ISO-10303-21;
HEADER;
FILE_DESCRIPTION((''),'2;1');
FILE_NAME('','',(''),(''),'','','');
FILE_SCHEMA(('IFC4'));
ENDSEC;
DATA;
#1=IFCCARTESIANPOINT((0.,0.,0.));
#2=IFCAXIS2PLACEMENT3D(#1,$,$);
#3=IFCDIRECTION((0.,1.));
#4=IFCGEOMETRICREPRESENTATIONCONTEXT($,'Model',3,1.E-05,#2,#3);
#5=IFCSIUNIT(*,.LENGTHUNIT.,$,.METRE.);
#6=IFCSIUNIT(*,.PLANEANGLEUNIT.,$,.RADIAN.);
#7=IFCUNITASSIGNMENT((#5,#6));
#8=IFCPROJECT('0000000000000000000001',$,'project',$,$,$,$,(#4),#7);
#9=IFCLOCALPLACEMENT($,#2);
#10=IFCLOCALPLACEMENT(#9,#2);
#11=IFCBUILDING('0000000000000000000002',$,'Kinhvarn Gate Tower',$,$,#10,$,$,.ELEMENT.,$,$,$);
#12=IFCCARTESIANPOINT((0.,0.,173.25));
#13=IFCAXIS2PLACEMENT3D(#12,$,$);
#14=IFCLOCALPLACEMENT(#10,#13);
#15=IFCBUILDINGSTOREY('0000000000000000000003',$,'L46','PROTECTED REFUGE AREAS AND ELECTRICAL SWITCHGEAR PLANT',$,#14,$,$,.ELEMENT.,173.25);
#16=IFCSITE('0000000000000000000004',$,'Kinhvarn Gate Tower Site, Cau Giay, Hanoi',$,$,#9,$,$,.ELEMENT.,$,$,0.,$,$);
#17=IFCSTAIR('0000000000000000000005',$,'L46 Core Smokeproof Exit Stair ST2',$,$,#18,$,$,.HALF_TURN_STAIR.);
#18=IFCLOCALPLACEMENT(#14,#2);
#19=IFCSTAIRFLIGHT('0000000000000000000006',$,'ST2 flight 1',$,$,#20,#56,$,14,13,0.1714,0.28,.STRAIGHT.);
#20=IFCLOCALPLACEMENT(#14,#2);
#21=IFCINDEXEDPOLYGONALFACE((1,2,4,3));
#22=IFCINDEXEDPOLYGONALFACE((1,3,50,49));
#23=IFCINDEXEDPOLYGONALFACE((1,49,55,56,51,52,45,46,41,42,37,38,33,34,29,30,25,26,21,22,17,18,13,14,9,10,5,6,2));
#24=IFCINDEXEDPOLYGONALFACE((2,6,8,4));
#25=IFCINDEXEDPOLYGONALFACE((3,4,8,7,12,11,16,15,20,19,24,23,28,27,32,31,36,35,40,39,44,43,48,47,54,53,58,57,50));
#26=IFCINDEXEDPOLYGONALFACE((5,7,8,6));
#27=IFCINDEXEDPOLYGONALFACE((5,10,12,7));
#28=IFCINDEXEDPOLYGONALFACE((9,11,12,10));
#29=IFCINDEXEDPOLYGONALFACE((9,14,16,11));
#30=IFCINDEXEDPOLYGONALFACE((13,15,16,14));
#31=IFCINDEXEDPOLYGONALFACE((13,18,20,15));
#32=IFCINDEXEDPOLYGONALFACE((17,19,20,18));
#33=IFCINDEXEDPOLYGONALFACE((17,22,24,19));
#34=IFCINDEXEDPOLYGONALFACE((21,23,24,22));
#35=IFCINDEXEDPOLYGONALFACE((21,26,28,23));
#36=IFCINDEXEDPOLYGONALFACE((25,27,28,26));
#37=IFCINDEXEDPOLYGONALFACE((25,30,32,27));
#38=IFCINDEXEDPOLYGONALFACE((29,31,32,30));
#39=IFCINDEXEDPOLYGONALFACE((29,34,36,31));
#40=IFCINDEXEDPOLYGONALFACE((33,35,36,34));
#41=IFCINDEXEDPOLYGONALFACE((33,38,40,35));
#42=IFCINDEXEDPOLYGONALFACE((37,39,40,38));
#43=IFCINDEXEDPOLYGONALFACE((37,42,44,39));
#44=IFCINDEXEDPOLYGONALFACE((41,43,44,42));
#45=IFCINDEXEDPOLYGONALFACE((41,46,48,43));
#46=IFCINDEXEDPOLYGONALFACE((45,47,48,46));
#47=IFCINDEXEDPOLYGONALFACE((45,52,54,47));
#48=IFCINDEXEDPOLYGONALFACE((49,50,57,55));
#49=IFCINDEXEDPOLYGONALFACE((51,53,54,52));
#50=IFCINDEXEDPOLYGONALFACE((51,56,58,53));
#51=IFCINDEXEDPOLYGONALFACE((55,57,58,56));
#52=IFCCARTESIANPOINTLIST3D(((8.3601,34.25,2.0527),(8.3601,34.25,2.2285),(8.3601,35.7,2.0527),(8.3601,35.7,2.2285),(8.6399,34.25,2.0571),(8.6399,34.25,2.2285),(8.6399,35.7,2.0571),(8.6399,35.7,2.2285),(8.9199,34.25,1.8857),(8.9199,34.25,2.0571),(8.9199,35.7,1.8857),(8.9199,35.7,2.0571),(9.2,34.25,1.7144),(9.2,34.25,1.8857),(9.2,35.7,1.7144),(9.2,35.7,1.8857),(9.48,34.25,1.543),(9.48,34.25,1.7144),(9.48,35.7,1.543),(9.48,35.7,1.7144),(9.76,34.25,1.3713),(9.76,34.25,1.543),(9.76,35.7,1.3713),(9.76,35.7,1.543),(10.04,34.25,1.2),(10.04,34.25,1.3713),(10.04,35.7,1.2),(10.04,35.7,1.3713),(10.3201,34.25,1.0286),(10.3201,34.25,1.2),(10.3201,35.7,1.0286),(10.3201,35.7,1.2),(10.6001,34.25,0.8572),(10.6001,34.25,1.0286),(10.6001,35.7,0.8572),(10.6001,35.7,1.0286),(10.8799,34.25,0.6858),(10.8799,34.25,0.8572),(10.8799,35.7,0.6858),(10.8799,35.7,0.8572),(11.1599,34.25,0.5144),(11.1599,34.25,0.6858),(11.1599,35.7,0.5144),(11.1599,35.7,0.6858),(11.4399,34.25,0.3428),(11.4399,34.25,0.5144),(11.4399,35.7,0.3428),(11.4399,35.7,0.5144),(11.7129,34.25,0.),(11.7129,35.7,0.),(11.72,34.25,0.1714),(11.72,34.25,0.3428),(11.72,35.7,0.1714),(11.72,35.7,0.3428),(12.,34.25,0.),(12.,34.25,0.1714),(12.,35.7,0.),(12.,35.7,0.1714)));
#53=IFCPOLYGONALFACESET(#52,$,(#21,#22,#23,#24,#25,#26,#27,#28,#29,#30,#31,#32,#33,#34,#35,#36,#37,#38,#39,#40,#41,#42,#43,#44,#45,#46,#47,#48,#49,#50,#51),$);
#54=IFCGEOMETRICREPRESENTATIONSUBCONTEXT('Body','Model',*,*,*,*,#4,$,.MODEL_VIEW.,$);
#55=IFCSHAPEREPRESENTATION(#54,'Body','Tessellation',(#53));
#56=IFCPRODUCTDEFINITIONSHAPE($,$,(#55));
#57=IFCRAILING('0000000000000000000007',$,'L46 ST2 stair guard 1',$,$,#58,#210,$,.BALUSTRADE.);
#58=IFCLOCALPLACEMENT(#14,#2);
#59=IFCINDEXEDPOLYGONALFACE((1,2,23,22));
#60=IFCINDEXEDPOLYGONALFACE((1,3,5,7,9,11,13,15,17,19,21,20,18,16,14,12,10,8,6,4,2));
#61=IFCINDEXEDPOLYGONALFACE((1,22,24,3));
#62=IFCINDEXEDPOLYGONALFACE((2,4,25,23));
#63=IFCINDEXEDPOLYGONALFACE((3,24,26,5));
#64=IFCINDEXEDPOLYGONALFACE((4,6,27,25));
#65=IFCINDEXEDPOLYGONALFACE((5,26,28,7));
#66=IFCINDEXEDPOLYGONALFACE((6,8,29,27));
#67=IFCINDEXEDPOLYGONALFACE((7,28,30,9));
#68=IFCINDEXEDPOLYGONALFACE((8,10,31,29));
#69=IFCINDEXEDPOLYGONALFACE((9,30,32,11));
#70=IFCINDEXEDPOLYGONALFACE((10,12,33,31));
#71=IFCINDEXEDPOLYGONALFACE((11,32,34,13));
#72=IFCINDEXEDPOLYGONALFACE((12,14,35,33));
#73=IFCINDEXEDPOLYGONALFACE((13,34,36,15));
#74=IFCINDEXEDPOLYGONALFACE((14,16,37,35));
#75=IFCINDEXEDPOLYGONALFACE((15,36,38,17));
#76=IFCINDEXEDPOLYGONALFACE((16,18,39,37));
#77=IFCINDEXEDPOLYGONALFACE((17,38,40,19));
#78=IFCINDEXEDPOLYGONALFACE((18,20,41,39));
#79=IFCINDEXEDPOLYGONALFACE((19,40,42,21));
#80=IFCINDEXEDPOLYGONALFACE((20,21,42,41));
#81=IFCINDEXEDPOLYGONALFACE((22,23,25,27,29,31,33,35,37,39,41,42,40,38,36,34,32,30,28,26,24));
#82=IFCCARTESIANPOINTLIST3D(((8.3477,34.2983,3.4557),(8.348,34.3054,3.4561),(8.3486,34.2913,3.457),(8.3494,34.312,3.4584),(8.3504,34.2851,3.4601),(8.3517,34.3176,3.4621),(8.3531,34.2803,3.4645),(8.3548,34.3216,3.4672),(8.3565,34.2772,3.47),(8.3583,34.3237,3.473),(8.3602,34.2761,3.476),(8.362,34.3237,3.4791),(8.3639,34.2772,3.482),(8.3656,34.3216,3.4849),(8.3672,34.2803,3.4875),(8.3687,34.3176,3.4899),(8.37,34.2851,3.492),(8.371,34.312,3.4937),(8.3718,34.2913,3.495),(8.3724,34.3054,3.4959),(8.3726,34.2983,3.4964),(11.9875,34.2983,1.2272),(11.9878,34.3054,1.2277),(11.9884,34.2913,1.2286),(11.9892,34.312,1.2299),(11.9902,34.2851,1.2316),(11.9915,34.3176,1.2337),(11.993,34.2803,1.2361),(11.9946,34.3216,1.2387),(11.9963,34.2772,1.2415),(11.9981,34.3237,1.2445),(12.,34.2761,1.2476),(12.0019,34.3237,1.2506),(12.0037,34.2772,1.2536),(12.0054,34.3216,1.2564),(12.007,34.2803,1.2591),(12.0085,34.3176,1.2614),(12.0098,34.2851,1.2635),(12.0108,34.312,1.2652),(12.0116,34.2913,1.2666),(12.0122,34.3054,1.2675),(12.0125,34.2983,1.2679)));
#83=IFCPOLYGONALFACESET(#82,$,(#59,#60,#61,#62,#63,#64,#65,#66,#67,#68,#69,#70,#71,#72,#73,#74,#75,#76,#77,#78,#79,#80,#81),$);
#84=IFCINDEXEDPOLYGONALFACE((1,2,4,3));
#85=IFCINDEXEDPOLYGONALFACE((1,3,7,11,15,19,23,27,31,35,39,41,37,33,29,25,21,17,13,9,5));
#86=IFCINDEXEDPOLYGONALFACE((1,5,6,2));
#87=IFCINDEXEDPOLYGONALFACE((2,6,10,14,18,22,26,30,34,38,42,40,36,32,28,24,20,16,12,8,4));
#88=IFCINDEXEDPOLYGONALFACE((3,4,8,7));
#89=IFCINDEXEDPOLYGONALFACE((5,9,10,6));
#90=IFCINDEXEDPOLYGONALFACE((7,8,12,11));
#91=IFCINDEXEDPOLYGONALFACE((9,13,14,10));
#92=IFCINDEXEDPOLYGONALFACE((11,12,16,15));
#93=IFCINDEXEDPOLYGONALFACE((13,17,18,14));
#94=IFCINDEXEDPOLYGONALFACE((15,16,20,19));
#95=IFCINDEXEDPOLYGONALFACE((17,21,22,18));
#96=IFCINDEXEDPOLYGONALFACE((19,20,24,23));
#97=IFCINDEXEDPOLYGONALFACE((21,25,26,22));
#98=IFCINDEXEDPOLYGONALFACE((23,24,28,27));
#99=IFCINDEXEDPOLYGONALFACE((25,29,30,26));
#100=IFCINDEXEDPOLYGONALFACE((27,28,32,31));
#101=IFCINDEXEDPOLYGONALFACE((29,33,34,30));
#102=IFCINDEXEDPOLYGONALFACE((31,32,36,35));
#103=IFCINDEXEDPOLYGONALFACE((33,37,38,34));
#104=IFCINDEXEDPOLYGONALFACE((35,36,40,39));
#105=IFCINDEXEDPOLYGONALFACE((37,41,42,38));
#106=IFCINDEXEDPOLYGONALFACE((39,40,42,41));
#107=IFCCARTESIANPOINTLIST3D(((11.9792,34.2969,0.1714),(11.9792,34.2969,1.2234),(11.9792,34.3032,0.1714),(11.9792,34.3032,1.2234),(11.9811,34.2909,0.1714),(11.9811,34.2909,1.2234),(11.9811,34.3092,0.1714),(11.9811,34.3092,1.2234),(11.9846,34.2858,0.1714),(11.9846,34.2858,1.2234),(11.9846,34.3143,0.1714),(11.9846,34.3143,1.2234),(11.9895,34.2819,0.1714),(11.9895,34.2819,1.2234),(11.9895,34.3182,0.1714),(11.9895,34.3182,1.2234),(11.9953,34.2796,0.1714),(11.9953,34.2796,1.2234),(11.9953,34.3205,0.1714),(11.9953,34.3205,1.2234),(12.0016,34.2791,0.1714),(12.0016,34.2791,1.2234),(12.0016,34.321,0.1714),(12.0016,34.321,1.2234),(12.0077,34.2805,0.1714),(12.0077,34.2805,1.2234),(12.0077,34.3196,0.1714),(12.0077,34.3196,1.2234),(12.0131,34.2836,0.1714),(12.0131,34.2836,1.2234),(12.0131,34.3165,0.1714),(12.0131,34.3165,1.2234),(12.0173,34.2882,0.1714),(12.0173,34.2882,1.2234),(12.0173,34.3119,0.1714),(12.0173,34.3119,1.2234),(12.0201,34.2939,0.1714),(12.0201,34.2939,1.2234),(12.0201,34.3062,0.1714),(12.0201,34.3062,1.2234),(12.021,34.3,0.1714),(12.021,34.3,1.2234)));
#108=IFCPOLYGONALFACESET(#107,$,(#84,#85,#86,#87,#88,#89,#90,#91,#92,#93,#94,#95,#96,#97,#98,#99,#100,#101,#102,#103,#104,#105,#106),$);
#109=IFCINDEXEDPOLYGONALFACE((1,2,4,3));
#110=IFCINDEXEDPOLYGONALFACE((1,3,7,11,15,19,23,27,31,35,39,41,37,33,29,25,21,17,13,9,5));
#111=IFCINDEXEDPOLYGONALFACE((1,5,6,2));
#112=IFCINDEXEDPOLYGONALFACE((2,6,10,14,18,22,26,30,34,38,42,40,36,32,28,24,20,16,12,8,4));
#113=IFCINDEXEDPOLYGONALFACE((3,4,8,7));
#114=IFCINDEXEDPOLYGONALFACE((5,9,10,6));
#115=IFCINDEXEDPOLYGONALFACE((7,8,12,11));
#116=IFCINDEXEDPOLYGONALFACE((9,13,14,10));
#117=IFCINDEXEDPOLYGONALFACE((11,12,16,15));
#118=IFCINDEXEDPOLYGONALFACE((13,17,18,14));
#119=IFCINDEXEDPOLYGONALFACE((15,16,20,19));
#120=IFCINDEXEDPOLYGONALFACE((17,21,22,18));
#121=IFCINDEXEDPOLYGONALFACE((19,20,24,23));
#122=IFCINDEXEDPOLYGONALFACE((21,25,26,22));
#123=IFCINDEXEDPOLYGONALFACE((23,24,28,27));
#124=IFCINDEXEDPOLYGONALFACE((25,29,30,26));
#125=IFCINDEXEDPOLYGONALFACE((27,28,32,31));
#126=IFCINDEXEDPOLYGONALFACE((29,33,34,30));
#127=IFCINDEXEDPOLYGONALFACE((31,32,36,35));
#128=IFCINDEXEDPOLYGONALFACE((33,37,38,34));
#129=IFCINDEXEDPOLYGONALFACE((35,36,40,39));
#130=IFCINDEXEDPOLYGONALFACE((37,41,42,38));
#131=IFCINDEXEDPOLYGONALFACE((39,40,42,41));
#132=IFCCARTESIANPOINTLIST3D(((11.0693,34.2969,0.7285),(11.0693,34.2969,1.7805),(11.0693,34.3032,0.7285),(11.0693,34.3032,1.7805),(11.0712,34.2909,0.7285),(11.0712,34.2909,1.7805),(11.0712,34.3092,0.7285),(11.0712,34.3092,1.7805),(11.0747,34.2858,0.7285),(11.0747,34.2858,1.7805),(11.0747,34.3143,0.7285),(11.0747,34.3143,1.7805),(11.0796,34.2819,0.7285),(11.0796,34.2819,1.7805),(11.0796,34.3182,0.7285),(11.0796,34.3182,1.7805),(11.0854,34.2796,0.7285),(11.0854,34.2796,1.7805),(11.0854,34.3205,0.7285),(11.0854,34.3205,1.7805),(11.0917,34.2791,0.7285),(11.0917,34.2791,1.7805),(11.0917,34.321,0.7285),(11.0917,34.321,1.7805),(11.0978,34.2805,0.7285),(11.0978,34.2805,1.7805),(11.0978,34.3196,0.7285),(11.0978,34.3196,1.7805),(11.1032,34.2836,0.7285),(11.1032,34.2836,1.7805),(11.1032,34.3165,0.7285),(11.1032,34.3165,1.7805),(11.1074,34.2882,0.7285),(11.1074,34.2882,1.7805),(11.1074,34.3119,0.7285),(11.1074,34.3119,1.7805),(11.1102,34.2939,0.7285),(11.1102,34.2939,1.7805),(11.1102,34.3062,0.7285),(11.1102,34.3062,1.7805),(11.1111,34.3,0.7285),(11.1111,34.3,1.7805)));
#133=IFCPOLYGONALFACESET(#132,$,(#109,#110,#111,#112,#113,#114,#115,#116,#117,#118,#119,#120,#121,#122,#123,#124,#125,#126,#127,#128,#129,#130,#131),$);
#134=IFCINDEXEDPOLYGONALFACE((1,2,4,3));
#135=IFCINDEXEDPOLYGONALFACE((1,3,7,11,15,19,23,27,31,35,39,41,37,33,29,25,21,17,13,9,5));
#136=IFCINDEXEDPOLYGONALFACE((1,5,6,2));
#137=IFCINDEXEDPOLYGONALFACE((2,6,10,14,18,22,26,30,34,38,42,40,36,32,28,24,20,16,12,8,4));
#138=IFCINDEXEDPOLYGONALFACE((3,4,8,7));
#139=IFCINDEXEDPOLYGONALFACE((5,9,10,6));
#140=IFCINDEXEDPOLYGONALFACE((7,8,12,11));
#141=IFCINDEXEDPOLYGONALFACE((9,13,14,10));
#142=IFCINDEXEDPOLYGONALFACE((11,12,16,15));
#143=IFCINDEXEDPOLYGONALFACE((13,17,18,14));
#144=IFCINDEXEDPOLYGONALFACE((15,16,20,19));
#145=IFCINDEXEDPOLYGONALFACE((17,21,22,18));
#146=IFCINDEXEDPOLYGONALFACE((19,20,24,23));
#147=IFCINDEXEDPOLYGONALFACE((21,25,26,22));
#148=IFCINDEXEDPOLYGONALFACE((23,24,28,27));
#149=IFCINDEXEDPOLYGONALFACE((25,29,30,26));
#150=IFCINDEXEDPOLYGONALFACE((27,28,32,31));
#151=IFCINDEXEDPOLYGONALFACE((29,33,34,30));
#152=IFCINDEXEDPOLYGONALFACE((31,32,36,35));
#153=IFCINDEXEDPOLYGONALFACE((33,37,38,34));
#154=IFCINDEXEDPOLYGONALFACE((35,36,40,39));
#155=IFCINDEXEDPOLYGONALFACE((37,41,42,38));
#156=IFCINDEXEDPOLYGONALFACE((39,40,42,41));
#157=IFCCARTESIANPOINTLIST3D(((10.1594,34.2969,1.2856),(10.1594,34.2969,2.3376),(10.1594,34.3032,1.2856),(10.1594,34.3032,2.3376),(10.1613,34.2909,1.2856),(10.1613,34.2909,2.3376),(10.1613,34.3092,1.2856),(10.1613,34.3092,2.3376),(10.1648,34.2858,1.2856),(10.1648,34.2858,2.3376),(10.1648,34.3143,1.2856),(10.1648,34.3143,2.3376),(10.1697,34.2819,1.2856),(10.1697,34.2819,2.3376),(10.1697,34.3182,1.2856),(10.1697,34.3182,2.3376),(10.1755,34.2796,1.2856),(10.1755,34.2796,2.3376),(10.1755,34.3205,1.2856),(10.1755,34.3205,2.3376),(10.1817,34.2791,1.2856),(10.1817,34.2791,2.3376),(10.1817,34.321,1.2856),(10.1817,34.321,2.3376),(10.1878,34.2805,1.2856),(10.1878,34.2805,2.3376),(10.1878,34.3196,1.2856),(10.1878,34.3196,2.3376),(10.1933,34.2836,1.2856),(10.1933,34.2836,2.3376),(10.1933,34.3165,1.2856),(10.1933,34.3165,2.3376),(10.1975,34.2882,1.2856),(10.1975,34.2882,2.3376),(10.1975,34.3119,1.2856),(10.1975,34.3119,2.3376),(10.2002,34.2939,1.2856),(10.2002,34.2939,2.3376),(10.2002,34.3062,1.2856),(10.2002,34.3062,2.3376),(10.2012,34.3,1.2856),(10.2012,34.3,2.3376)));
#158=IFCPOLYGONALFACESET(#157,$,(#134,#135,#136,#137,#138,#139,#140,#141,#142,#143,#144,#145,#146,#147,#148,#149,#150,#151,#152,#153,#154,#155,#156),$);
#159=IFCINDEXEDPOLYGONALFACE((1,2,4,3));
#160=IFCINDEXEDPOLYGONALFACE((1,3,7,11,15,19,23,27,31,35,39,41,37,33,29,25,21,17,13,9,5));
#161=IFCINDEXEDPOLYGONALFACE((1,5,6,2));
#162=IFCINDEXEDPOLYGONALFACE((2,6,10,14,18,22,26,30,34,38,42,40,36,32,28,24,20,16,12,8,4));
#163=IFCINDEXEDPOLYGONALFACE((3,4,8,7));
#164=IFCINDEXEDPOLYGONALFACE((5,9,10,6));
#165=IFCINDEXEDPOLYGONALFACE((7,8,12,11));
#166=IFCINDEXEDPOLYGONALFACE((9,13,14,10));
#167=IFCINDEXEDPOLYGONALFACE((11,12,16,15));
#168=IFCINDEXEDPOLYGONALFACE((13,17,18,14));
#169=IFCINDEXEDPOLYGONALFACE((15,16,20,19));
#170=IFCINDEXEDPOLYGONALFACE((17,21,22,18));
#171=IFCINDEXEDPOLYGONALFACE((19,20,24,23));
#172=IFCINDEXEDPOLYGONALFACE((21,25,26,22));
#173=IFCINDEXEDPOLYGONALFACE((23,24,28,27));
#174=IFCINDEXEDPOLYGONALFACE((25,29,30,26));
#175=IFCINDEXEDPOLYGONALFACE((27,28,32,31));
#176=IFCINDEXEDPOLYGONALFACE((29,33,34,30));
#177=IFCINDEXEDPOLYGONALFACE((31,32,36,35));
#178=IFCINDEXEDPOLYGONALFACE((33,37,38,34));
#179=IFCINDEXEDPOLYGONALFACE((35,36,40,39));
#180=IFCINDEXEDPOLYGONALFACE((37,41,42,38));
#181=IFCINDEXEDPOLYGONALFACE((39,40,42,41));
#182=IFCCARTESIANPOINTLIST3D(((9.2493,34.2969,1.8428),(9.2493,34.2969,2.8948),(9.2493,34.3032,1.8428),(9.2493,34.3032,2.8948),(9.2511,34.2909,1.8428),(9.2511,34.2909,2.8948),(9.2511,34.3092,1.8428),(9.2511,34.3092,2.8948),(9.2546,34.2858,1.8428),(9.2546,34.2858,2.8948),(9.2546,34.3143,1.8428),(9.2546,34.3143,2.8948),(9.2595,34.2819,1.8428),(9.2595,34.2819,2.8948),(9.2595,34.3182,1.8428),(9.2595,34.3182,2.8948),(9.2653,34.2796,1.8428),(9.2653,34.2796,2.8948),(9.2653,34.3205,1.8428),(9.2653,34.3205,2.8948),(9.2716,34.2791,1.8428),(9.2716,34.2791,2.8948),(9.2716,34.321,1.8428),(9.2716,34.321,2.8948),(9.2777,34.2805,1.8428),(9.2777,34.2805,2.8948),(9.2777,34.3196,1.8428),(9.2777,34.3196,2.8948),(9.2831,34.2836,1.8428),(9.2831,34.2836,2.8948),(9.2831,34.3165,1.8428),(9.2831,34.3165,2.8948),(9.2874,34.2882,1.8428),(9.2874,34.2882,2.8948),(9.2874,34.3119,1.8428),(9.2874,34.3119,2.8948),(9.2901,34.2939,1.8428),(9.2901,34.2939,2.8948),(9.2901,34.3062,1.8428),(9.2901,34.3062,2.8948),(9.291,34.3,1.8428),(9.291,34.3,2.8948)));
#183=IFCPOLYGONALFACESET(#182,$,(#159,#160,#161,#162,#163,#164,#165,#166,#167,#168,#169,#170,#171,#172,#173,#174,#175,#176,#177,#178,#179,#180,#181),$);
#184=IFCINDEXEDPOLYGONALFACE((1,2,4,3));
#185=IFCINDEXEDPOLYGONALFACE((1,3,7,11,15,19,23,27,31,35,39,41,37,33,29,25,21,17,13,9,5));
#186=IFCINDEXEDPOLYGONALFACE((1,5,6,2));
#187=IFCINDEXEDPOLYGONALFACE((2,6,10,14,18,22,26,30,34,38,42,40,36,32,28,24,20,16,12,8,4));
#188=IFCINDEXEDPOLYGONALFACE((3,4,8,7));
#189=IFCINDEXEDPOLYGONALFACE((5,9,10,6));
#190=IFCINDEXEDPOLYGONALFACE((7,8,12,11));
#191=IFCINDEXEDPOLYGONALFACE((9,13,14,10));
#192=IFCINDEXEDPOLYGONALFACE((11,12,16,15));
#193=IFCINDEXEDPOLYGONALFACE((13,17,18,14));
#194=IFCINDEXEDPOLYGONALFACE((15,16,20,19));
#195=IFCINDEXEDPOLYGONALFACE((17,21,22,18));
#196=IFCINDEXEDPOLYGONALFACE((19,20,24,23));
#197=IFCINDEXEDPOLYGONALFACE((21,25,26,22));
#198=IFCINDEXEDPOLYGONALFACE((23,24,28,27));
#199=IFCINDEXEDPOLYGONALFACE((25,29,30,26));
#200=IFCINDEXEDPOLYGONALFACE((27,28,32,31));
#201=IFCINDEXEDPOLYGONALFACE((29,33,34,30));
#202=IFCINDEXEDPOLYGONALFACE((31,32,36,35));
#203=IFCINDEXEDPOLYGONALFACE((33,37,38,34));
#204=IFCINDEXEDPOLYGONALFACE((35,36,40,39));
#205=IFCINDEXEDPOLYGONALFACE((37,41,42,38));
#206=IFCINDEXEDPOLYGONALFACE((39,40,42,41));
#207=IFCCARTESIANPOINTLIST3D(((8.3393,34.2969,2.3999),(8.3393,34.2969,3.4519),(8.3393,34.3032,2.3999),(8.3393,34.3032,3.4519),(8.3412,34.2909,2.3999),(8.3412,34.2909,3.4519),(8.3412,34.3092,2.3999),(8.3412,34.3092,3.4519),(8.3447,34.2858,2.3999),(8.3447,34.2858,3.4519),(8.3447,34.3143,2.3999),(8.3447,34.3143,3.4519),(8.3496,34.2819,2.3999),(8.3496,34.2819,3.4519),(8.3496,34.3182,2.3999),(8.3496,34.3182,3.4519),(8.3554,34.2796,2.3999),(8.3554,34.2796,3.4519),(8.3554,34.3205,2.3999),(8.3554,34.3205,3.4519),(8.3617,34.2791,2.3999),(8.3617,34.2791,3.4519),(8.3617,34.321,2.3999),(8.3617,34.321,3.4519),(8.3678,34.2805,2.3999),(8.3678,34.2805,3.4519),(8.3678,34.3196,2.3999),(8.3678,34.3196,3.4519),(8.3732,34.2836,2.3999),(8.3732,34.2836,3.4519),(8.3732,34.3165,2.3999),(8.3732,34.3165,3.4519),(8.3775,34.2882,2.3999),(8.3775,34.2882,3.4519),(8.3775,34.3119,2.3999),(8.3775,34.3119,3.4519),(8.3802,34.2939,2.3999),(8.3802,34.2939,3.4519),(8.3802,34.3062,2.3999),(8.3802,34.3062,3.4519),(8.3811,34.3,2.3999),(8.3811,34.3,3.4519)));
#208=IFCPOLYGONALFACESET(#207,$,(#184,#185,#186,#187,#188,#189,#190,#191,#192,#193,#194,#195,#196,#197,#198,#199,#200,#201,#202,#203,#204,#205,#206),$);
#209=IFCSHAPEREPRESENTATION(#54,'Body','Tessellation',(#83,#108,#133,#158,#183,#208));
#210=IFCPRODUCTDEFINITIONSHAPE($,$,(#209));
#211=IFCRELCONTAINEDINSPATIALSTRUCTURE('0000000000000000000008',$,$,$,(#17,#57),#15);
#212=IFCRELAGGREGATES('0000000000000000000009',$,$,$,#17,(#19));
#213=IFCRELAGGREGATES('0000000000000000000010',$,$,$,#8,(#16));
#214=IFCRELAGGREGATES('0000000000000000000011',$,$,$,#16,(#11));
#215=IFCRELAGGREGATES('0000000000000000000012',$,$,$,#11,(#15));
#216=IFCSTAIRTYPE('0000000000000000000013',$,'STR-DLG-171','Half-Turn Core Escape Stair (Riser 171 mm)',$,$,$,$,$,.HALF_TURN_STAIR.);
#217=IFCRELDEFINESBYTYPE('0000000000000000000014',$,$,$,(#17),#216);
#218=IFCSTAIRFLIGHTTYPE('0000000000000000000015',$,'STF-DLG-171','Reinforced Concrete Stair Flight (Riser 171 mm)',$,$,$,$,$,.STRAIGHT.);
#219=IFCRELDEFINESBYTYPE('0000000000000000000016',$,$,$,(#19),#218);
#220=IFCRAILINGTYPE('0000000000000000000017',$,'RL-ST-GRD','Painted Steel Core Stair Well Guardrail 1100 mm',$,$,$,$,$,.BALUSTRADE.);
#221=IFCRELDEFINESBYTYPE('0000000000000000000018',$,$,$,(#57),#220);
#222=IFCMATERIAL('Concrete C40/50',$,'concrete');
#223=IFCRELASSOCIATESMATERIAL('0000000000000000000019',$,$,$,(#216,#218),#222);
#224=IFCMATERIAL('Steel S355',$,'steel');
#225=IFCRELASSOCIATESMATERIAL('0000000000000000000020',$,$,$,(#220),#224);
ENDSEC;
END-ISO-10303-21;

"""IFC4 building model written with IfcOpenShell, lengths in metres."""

from ifc_helpers import new_model, si_unit, direction, frame, origin, origin_2d, place, context, subcontext, project, spatial, polyline, circle, outline, extrude, material, type_object, element, aggregate, save


model = new_model("IFC4")

# Units and contexts
model_context = context("Model", 3, precision=1e-05, world=origin(), true_north=direction((0.0, 1.0)))
body_context = subcontext(model_context, "Body", "Model", "MODEL_VIEW")
ifc_project = project(units=[si_unit("LENGTHUNIT", "METRE"), si_unit("PLANEANGLEUNIT", "RADIAN")], contexts=[model_context])

# Site, building, storey
site_placement = place(None, origin())
site = spatial("IfcSite", under=ifc_project, at=site_placement, Name="Kinhvarn Gate Tower Site, Cau Giay, Hanoi", CompositionType="ELEMENT", RefElevation=0.0)
building_placement = place(site_placement, origin())
building = spatial("IfcBuilding", under=site, at=building_placement, Name="Kinhvarn Gate Tower", CompositionType="ELEMENT")
storey_placement = place(building_placement, frame((0.0, 0.0, 173.25)))
storey = spatial("IfcBuildingStorey", under=building, at=storey_placement, Name="L46", Description="PROTECTED REFUGE AREAS AND ELECTRICAL SWITCHGEAR PLANT", CompositionType="ELEMENT", Elevation=173.25)

# Shared definitions
ifc_material_1 = material(Name="Steel S355", Category="steel")

# Shared definitions
ifc_material_2 = material(Name="Concrete C40/50", Category="concrete")

# Stair, stair flight
stair_type = type_object("IfcStairType", Name="STR-DLG-171", Description="Half-Turn Core Escape Stair (Riser 171 mm)", PredefinedType="HALF_TURN_STAIR", material=ifc_material_2)
stair_placement = place(storey_placement, origin())
stair = element("IfcStair", 1, at=stair_placement, inside=storey, type_object=stair_type, Name="L46 Core Smokeproof Exit Stair ST2", PredefinedType="HALF_TURN_STAIR")
stair_flight_type = type_object("IfcStairFlightType", Name="STF-DLG-171", Description="Reinforced Concrete Stair Flight (Riser 171 mm)", PredefinedType="STRAIGHT", material=ifc_material_2)
stair_flight_placement = place(storey_placement, frame((12.0, 34.9751, 0.0), z_axis=(0.0, 0.0, 1.0), x_axis=(-1.0, 0.0, 0.0)))
stair_flight = element("IfcStairFlight", 2, at=stair_flight_placement, type_object=stair_flight_type, Name="ST2 flight 1", NumberOfRisers=14, NumberOfTreads=13, PredefinedType="STRAIGHT", RiserHeight=0.1714, TreadLength=0.28, context=body_context, shape_type="SweptSolid", body=[
    extrude(outline(polyline([(0.0, 0.0), (0.0, 0.1714), (0.28, 0.1714), (0.28, 0.3428), (0.5601, 0.3428), (0.5601, 0.5144), (0.8401, 0.5144), (0.8401, 0.6858), (1.1201, 0.6858), (1.1201, 0.8572), (1.3999, 0.8572), (1.3999, 1.0286), (1.6799, 1.0286), (1.6799, 1.2), (1.96, 1.2), (1.96, 1.3713), (2.24, 1.3713), (2.24, 1.543), (2.52, 1.543), (2.52, 1.7144), (2.8, 1.7144), (2.8, 1.8857), (3.0801, 1.8857), (3.0801, 2.0571), (3.3601, 2.0571), (3.3601, 2.2285), (3.6399, 2.2285), (3.6399, 2.3999), (3.6399, 2.0527), (0.2871, 0.0), (0.0, 0.0)])), frame((0.0, 0.7251, 0.0), z_axis=(0.0, -1.0, 0.0), x_axis=(1.0, 0.0, 0.0)), (0.0, 0.0, 1.0), 1.45),
])
aggregate(stair, [stair_flight])

# Railing
railing_type_1 = type_object("IfcRailingType", Name="RL-ST-GRD", Description="Painted Steel Core Stair Well Guardrail 1100 mm", PredefinedType="BALUSTRADE", material=ifc_material_1)
railing_1_placement = place(storey_placement, frame((12.0, 34.3, 0.1714)))
element("IfcRailing", 3, at=railing_1_placement, inside=storey, type_object=railing_type_1, Name="L46 ST2 stair guard 1", PredefinedType="BALUSTRADE", context=body_context, shape_type="SweptSolid", body=[
    extrude(circle(Radius=0.0239, at=origin_2d()), frame((0.0, 0.0, 1.0762), z_axis=(-0.85285, 0.0, 0.522156), x_axis=(0.0, -1.0, 0.0)), (0.0, 0.0, 1.0), 4.2678),
    extrude(circle(Radius=0.021, at=origin_2d()), origin(), (0.0, 0.0, 1.0), 1.052),
    extrude(circle(Radius=0.021, at=origin_2d()), frame((-0.9099, 0.0, 0.5571)), (0.0, 0.0, 1.0), 1.052),
    extrude(circle(Radius=0.021, at=origin_2d()), frame((-1.8198, 0.0, 1.1143)), (0.0, 0.0, 1.0), 1.052),
    extrude(circle(Radius=0.021, at=origin_2d()), frame((-2.73, 0.0, 1.6714)), (0.0, 0.0, 1.0), 1.052),
    extrude(circle(Radius=0.021, at=origin_2d()), frame((-3.6399, 0.0, 2.2285)), (0.0, 0.0, 1.0), 1.052),
])

save(model, "model.ifc")
